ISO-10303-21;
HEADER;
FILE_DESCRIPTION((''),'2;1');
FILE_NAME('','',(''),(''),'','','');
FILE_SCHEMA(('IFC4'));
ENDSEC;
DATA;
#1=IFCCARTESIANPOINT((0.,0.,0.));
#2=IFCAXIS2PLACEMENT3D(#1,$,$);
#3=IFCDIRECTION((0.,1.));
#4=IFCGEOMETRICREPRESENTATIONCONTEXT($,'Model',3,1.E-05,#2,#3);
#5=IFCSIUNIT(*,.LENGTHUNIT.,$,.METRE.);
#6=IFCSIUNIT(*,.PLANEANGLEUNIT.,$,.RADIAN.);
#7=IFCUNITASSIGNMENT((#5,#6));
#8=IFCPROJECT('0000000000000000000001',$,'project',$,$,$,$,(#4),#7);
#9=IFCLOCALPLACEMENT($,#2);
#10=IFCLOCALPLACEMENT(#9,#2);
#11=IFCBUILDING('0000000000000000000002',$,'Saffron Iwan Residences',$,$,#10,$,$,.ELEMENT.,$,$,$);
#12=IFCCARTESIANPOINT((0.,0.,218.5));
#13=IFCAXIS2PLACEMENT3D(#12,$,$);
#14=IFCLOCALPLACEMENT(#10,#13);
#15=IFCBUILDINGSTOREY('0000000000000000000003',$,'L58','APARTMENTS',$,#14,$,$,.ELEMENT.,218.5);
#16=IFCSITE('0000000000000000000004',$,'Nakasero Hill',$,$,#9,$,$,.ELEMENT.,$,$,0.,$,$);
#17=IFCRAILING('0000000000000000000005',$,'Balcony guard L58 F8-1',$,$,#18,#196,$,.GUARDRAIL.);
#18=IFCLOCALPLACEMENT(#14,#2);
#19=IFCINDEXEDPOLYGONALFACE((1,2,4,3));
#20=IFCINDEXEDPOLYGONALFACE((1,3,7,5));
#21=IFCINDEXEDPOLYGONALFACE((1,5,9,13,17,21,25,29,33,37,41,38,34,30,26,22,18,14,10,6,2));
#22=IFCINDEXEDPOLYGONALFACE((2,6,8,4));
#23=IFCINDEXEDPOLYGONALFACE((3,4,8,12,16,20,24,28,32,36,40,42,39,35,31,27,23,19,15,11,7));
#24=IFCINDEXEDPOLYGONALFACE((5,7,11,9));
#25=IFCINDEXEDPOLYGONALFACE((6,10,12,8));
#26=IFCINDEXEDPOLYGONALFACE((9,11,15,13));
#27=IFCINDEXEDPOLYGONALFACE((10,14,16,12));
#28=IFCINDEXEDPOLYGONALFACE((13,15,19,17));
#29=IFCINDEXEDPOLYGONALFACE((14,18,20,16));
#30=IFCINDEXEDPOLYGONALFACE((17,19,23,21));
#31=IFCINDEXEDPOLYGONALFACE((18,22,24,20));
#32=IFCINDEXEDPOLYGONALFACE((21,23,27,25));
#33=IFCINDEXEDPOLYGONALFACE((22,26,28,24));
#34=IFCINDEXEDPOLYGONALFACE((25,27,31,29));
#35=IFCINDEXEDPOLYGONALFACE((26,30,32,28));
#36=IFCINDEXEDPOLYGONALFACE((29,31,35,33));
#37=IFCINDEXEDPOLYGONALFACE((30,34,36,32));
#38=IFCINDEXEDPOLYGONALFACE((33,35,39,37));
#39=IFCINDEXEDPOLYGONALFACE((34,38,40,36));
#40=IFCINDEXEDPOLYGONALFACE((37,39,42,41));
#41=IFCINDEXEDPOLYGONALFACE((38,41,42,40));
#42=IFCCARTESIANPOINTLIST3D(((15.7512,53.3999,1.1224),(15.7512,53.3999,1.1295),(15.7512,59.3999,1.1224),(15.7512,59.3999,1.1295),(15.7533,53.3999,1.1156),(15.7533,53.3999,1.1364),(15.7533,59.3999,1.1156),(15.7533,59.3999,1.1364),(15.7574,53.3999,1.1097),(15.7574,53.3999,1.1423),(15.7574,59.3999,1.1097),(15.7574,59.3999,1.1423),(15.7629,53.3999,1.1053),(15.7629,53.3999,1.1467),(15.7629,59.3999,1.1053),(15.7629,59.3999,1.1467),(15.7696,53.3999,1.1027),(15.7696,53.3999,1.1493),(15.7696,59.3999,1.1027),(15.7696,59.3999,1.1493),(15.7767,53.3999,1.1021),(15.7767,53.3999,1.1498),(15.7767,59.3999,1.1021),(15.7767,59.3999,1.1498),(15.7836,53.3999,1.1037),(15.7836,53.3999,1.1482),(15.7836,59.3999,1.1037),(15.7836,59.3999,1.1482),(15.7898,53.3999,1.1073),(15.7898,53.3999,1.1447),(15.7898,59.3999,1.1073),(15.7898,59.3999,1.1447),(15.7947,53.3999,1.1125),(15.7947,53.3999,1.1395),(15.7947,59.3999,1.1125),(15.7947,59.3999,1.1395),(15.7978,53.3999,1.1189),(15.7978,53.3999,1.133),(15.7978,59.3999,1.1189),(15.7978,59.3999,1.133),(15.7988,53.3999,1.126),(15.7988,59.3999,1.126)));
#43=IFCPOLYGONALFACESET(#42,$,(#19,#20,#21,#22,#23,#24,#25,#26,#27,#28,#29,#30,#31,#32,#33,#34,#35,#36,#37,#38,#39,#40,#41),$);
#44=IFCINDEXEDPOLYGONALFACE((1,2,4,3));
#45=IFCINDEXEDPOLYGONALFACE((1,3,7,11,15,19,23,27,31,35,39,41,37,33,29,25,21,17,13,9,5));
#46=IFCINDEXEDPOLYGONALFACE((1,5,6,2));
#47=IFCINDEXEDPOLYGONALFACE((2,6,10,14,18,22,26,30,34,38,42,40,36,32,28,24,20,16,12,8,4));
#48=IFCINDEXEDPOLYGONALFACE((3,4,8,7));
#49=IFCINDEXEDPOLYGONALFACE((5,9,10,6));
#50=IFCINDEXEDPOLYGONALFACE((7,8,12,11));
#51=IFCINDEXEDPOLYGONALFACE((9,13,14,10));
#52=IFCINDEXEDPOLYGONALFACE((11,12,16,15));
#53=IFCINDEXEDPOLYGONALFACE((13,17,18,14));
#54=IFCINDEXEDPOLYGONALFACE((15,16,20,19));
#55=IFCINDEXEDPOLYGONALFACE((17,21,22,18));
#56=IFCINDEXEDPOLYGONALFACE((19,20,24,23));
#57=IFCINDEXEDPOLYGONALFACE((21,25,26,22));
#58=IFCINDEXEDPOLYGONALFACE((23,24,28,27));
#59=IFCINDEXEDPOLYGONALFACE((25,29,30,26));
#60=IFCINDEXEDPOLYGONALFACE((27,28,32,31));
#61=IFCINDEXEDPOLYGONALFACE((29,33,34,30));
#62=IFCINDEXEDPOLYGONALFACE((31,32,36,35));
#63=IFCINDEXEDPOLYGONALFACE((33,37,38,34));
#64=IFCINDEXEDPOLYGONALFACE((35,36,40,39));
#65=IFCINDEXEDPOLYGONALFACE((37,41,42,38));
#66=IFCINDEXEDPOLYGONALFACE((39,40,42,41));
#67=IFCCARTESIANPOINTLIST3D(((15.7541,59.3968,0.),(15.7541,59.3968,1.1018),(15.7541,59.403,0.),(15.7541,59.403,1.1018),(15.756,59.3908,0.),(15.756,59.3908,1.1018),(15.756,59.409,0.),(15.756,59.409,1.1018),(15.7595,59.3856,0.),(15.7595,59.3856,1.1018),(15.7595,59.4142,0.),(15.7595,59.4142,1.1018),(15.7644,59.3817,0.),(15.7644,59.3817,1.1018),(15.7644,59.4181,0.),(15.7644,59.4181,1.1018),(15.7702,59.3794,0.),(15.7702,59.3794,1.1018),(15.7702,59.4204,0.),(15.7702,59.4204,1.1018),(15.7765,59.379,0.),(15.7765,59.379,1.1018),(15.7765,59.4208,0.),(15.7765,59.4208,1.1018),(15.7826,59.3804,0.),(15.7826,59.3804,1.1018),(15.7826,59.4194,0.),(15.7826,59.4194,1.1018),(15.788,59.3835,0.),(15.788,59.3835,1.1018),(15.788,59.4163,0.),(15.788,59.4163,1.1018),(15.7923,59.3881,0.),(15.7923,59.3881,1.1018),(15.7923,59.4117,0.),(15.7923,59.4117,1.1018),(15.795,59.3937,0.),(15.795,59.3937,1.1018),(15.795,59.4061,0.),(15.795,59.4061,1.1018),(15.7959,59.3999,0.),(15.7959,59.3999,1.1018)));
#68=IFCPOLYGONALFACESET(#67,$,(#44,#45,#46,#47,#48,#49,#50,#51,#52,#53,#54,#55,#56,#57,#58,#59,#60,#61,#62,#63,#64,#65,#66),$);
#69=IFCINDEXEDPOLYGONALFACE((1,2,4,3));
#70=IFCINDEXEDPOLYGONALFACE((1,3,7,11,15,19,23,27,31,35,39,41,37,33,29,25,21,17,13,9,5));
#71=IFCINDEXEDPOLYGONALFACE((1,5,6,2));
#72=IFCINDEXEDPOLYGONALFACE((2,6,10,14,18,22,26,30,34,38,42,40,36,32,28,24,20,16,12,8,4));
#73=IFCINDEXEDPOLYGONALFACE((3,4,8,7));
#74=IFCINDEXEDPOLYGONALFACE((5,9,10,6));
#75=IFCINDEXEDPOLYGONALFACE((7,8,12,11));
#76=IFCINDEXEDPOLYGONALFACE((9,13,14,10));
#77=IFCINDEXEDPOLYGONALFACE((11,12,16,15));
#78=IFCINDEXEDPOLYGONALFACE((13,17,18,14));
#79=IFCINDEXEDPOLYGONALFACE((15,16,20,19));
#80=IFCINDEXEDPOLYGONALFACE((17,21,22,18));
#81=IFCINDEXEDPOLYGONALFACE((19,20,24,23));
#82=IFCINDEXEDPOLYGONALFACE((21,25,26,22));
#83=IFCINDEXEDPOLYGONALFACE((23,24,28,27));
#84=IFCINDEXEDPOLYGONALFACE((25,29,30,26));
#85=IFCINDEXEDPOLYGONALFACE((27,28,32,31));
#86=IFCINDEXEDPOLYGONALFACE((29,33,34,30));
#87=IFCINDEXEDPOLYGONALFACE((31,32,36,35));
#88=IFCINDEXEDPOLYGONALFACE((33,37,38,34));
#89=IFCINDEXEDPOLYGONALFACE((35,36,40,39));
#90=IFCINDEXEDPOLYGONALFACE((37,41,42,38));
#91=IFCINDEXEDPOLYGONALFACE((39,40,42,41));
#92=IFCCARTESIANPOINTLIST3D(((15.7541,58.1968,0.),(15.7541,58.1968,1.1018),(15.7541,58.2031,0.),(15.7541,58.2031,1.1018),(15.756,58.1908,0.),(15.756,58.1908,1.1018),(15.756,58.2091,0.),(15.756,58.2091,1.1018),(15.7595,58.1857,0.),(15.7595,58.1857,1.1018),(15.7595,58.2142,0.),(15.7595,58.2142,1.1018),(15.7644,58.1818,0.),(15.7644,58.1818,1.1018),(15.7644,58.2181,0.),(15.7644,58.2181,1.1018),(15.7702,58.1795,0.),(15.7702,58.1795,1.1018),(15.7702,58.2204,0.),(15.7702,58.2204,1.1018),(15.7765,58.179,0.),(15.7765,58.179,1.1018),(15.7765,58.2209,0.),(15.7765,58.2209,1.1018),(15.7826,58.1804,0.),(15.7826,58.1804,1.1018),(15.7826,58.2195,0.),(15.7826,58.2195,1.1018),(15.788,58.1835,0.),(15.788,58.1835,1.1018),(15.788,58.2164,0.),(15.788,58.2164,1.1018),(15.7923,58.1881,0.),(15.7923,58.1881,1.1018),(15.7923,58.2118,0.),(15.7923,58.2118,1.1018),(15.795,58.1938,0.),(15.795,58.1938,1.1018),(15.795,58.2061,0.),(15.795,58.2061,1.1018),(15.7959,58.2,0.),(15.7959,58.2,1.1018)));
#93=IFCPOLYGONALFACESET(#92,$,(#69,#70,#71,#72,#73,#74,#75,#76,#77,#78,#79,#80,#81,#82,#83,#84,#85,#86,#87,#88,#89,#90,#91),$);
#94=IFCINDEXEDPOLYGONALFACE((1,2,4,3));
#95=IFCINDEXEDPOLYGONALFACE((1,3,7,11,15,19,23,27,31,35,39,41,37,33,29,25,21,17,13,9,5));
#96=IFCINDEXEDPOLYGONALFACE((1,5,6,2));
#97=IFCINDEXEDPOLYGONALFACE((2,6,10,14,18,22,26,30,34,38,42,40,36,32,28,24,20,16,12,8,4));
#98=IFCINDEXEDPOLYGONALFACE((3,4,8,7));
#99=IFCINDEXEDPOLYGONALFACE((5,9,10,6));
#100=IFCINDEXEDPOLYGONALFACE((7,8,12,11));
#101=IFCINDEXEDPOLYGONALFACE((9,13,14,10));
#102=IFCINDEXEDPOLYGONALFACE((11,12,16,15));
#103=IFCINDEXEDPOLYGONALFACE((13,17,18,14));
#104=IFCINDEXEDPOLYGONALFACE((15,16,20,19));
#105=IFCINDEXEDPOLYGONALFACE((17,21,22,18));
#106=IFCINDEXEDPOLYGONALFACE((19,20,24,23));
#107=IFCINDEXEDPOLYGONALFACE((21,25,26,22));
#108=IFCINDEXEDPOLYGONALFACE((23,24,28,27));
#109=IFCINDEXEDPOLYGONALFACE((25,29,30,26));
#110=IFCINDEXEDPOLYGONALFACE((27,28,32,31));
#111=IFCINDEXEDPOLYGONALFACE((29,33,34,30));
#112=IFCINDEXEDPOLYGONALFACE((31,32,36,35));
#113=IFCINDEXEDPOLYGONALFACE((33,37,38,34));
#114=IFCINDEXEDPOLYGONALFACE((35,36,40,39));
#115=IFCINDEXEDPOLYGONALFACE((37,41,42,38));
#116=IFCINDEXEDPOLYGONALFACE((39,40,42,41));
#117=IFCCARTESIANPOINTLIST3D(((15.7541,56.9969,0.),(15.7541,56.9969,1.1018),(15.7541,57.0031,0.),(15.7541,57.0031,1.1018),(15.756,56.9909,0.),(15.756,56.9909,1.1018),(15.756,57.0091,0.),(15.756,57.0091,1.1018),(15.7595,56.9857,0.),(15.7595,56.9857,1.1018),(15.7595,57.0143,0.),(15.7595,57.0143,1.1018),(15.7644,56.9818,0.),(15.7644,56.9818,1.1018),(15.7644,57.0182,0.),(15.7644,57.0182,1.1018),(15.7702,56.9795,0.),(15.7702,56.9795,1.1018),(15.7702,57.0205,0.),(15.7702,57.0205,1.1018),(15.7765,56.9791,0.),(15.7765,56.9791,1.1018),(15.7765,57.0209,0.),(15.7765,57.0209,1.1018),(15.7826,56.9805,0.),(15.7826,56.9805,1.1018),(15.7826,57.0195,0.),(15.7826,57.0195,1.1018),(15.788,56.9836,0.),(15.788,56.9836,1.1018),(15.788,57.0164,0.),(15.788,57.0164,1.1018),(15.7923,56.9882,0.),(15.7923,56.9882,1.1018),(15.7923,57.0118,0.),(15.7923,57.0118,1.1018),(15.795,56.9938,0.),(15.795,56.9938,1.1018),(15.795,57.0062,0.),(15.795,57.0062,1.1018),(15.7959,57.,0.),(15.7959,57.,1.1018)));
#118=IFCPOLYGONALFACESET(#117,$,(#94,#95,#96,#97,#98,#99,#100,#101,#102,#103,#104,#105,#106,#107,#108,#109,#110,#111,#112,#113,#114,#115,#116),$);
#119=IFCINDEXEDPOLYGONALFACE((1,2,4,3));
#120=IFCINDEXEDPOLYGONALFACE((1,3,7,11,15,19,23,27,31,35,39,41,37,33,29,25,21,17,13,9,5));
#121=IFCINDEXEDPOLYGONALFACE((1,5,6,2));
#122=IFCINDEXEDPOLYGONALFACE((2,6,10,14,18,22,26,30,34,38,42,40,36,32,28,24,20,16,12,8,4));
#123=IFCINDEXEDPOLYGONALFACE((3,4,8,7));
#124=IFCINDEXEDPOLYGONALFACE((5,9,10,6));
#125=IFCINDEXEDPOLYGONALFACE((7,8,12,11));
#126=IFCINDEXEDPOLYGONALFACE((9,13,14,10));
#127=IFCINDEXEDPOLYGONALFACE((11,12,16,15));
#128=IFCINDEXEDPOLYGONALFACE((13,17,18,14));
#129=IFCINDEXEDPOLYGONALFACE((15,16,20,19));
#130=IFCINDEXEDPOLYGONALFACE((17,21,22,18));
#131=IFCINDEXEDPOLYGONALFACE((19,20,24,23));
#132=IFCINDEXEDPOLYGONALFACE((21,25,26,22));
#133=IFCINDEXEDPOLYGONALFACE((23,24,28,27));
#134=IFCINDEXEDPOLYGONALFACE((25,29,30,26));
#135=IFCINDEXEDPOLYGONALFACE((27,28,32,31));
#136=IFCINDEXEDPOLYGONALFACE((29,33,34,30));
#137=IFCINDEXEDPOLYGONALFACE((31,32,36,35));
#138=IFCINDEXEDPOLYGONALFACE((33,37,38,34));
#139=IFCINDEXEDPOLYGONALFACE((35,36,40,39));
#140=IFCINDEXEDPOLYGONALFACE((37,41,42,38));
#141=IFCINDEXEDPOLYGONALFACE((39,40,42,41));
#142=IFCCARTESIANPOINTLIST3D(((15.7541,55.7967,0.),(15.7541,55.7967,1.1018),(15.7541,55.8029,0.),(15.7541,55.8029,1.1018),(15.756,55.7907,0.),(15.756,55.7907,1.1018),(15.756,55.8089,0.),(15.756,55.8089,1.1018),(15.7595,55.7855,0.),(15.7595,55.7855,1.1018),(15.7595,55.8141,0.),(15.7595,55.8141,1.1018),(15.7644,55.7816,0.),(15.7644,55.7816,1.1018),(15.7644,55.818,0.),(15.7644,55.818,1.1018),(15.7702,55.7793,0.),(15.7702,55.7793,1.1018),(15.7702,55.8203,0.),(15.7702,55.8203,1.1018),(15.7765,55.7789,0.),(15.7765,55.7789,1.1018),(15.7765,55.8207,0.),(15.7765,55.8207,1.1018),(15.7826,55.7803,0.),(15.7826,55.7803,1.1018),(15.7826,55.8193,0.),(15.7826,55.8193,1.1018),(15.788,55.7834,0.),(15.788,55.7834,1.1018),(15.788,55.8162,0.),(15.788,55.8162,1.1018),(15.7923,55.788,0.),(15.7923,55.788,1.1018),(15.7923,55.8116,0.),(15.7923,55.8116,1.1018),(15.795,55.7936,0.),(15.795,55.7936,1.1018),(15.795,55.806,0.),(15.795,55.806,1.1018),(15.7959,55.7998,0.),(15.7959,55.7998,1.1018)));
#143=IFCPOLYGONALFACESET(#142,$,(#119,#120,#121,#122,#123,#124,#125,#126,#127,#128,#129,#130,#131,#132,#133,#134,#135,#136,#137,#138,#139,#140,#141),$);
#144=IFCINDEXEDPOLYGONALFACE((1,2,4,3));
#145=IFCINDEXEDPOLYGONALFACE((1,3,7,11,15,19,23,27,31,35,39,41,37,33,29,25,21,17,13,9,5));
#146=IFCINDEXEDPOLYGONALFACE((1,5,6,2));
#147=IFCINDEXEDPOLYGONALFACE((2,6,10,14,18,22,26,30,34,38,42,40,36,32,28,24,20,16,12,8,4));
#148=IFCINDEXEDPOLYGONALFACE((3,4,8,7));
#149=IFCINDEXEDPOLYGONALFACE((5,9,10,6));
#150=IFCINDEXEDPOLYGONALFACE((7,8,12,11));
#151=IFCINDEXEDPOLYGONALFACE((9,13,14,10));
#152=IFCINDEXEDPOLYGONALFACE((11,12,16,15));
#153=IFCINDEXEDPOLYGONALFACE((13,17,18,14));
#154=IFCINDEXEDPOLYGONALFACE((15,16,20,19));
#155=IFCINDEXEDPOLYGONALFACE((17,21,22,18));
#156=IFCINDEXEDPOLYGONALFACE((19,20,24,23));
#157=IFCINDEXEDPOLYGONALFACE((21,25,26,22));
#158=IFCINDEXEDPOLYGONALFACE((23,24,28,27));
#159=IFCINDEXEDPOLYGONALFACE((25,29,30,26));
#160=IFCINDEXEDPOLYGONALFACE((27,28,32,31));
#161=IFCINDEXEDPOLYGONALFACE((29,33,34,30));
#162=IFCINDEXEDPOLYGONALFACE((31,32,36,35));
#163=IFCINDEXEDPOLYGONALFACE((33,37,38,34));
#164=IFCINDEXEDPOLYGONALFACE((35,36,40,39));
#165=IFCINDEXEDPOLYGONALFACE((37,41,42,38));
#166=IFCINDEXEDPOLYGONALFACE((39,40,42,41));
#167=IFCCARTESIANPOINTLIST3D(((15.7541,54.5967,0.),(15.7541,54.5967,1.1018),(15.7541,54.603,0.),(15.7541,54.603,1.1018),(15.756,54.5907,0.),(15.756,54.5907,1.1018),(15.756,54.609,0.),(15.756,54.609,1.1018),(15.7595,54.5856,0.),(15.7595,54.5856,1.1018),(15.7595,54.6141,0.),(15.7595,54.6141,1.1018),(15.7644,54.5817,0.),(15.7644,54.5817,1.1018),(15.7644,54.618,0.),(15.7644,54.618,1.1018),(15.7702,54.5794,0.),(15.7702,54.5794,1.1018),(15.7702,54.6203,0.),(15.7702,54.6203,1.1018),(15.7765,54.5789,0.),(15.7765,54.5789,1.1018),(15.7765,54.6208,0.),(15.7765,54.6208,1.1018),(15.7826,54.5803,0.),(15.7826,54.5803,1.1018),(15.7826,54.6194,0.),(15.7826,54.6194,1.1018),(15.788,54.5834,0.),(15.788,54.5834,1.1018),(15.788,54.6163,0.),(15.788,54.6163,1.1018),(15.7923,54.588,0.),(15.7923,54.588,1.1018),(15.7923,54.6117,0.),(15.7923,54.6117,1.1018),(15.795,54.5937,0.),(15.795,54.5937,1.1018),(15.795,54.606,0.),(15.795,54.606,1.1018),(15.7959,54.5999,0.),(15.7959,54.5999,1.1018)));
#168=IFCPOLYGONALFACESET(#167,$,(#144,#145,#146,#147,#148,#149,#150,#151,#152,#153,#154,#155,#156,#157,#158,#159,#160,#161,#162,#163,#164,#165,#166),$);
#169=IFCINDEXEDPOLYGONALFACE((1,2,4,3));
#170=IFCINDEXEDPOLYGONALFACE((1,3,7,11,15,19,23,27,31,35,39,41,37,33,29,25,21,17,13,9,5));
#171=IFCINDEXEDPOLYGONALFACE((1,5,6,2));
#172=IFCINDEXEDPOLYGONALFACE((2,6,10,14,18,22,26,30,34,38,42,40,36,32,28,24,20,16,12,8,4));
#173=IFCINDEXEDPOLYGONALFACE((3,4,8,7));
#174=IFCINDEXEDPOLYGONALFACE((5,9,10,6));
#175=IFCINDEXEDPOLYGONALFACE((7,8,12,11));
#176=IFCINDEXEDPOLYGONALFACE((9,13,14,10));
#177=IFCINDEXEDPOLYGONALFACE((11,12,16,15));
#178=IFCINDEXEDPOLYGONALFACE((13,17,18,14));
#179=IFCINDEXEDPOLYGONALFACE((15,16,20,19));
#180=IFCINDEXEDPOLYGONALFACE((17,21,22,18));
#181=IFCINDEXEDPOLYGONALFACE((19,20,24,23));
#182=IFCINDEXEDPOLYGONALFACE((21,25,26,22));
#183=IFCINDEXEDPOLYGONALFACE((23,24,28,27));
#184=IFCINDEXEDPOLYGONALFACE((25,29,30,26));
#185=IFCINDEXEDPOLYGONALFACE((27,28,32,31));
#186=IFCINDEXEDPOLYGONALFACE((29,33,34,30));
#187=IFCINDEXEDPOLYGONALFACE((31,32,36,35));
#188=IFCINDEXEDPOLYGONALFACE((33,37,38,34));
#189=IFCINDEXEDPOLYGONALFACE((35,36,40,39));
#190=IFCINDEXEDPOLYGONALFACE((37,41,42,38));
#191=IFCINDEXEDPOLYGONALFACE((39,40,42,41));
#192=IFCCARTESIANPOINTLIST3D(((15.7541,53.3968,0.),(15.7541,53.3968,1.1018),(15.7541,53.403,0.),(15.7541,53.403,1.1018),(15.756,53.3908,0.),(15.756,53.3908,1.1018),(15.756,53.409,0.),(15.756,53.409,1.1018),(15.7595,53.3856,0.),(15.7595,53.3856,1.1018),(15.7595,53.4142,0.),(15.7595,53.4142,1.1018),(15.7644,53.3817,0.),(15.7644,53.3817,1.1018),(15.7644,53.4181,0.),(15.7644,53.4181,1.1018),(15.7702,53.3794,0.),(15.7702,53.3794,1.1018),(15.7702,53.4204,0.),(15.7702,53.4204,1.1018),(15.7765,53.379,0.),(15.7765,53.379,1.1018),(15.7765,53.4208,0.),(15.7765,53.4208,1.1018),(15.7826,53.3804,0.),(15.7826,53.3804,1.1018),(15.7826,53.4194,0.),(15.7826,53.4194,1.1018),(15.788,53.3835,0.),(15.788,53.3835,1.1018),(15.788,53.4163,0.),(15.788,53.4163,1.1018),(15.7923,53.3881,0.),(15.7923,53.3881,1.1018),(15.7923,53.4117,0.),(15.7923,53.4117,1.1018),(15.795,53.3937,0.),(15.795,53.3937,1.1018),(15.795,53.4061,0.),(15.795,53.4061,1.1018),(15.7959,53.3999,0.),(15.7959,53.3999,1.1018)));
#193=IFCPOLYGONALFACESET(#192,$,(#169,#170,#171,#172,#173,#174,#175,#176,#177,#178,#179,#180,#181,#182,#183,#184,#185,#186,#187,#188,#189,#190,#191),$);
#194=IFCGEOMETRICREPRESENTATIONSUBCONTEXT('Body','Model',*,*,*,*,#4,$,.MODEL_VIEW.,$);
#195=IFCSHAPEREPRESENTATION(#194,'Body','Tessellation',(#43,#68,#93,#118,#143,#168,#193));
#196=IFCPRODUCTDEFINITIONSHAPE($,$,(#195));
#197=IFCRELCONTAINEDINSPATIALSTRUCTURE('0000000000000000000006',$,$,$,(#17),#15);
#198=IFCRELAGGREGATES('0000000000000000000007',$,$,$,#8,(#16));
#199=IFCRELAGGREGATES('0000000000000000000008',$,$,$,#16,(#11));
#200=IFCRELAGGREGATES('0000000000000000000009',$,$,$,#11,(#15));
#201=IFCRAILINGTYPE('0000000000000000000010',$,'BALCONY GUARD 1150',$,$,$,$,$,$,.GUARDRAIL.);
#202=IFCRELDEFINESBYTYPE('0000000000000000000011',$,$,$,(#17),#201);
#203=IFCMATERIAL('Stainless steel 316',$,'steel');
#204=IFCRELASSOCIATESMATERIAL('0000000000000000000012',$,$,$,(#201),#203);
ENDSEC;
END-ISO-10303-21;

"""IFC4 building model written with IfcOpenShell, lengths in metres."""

from ifc_helpers import new_model, si_unit, direction, frame, origin, origin_2d, place, context, subcontext, project, spatial, circle, extrude, material, type_object, element, save


model = new_model("IFC4")

# Units and contexts
model_context = context("Model", 3, precision=1e-05, world=origin(), true_north=direction((0.0, 1.0)))
body_context = subcontext(model_context, "Body", "Model", "MODEL_VIEW")
ifc_project = project(units=[si_unit("LENGTHUNIT", "METRE"), si_unit("PLANEANGLEUNIT", "RADIAN")], contexts=[model_context])

# Site, building, storey
site_placement = place(None, origin())
site = spatial("IfcSite", under=ifc_project, at=site_placement, Name="Nakasero Hill", CompositionType="ELEMENT", RefElevation=0.0)
building_placement = place(site_placement, origin())
building = spatial("IfcBuilding", under=site, at=building_placement, Name="Saffron Iwan Residences", CompositionType="ELEMENT")
storey_placement = place(building_placement, frame((0.0, 0.0, 218.5)))
storey = spatial("IfcBuildingStorey", under=building, at=storey_placement, Name="L58", Description="APARTMENTS", CompositionType="ELEMENT", Elevation=218.5)

# Railing
ifc_material_1 = material(Name="Stainless steel 316", Category="steel")
railing_type = type_object("IfcRailingType", Name="BALCONY GUARD 1150", PredefinedType="GUARDRAIL", material=ifc_material_1)
railing_placement = place(storey_placement, frame((15.7749, 59.3999, 0.0)))
element("IfcRailing", 1, at=railing_placement, inside=storey, type_object=railing_type, Name="Balcony guard L58 F8-1", PredefinedType="GUARDRAIL", context=body_context, shape_type="SweptSolid", body=[
    extrude(circle(Radius=0.0239, at=origin_2d()), frame((0.0, 0.0, 1.126), z_axis=(0.0, -1.0, 0.0), x_axis=(1.0, 0.0, 0.0)), (0.0, 0.0, 1.0), 6.0),
    extrude(circle(Radius=0.021, at=origin_2d()), origin(), (0.0, 0.0, 1.0), 1.1018),
    extrude(circle(Radius=0.021, at=origin_2d()), frame((0.0, -1.2, 0.0)), (0.0, 0.0, 1.0), 1.1018),
    extrude(circle(Radius=0.021, at=origin_2d()), frame((0.0, -2.3999, 0.0)), (0.0, 0.0, 1.0), 1.1018),
    extrude(circle(Radius=0.021, at=origin_2d()), frame((0.0, -3.6001, 0.0)), (0.0, 0.0, 1.0), 1.1018),
    extrude(circle(Radius=0.021, at=origin_2d()), frame((0.0, -4.8, 0.0)), (0.0, 0.0, 1.0), 1.1018),
    extrude(circle(Radius=0.021, at=origin_2d()), frame((0.0, -6.0, 0.0)), (0.0, 0.0, 1.0), 1.1018),
])

save(model, "model.ifc")
